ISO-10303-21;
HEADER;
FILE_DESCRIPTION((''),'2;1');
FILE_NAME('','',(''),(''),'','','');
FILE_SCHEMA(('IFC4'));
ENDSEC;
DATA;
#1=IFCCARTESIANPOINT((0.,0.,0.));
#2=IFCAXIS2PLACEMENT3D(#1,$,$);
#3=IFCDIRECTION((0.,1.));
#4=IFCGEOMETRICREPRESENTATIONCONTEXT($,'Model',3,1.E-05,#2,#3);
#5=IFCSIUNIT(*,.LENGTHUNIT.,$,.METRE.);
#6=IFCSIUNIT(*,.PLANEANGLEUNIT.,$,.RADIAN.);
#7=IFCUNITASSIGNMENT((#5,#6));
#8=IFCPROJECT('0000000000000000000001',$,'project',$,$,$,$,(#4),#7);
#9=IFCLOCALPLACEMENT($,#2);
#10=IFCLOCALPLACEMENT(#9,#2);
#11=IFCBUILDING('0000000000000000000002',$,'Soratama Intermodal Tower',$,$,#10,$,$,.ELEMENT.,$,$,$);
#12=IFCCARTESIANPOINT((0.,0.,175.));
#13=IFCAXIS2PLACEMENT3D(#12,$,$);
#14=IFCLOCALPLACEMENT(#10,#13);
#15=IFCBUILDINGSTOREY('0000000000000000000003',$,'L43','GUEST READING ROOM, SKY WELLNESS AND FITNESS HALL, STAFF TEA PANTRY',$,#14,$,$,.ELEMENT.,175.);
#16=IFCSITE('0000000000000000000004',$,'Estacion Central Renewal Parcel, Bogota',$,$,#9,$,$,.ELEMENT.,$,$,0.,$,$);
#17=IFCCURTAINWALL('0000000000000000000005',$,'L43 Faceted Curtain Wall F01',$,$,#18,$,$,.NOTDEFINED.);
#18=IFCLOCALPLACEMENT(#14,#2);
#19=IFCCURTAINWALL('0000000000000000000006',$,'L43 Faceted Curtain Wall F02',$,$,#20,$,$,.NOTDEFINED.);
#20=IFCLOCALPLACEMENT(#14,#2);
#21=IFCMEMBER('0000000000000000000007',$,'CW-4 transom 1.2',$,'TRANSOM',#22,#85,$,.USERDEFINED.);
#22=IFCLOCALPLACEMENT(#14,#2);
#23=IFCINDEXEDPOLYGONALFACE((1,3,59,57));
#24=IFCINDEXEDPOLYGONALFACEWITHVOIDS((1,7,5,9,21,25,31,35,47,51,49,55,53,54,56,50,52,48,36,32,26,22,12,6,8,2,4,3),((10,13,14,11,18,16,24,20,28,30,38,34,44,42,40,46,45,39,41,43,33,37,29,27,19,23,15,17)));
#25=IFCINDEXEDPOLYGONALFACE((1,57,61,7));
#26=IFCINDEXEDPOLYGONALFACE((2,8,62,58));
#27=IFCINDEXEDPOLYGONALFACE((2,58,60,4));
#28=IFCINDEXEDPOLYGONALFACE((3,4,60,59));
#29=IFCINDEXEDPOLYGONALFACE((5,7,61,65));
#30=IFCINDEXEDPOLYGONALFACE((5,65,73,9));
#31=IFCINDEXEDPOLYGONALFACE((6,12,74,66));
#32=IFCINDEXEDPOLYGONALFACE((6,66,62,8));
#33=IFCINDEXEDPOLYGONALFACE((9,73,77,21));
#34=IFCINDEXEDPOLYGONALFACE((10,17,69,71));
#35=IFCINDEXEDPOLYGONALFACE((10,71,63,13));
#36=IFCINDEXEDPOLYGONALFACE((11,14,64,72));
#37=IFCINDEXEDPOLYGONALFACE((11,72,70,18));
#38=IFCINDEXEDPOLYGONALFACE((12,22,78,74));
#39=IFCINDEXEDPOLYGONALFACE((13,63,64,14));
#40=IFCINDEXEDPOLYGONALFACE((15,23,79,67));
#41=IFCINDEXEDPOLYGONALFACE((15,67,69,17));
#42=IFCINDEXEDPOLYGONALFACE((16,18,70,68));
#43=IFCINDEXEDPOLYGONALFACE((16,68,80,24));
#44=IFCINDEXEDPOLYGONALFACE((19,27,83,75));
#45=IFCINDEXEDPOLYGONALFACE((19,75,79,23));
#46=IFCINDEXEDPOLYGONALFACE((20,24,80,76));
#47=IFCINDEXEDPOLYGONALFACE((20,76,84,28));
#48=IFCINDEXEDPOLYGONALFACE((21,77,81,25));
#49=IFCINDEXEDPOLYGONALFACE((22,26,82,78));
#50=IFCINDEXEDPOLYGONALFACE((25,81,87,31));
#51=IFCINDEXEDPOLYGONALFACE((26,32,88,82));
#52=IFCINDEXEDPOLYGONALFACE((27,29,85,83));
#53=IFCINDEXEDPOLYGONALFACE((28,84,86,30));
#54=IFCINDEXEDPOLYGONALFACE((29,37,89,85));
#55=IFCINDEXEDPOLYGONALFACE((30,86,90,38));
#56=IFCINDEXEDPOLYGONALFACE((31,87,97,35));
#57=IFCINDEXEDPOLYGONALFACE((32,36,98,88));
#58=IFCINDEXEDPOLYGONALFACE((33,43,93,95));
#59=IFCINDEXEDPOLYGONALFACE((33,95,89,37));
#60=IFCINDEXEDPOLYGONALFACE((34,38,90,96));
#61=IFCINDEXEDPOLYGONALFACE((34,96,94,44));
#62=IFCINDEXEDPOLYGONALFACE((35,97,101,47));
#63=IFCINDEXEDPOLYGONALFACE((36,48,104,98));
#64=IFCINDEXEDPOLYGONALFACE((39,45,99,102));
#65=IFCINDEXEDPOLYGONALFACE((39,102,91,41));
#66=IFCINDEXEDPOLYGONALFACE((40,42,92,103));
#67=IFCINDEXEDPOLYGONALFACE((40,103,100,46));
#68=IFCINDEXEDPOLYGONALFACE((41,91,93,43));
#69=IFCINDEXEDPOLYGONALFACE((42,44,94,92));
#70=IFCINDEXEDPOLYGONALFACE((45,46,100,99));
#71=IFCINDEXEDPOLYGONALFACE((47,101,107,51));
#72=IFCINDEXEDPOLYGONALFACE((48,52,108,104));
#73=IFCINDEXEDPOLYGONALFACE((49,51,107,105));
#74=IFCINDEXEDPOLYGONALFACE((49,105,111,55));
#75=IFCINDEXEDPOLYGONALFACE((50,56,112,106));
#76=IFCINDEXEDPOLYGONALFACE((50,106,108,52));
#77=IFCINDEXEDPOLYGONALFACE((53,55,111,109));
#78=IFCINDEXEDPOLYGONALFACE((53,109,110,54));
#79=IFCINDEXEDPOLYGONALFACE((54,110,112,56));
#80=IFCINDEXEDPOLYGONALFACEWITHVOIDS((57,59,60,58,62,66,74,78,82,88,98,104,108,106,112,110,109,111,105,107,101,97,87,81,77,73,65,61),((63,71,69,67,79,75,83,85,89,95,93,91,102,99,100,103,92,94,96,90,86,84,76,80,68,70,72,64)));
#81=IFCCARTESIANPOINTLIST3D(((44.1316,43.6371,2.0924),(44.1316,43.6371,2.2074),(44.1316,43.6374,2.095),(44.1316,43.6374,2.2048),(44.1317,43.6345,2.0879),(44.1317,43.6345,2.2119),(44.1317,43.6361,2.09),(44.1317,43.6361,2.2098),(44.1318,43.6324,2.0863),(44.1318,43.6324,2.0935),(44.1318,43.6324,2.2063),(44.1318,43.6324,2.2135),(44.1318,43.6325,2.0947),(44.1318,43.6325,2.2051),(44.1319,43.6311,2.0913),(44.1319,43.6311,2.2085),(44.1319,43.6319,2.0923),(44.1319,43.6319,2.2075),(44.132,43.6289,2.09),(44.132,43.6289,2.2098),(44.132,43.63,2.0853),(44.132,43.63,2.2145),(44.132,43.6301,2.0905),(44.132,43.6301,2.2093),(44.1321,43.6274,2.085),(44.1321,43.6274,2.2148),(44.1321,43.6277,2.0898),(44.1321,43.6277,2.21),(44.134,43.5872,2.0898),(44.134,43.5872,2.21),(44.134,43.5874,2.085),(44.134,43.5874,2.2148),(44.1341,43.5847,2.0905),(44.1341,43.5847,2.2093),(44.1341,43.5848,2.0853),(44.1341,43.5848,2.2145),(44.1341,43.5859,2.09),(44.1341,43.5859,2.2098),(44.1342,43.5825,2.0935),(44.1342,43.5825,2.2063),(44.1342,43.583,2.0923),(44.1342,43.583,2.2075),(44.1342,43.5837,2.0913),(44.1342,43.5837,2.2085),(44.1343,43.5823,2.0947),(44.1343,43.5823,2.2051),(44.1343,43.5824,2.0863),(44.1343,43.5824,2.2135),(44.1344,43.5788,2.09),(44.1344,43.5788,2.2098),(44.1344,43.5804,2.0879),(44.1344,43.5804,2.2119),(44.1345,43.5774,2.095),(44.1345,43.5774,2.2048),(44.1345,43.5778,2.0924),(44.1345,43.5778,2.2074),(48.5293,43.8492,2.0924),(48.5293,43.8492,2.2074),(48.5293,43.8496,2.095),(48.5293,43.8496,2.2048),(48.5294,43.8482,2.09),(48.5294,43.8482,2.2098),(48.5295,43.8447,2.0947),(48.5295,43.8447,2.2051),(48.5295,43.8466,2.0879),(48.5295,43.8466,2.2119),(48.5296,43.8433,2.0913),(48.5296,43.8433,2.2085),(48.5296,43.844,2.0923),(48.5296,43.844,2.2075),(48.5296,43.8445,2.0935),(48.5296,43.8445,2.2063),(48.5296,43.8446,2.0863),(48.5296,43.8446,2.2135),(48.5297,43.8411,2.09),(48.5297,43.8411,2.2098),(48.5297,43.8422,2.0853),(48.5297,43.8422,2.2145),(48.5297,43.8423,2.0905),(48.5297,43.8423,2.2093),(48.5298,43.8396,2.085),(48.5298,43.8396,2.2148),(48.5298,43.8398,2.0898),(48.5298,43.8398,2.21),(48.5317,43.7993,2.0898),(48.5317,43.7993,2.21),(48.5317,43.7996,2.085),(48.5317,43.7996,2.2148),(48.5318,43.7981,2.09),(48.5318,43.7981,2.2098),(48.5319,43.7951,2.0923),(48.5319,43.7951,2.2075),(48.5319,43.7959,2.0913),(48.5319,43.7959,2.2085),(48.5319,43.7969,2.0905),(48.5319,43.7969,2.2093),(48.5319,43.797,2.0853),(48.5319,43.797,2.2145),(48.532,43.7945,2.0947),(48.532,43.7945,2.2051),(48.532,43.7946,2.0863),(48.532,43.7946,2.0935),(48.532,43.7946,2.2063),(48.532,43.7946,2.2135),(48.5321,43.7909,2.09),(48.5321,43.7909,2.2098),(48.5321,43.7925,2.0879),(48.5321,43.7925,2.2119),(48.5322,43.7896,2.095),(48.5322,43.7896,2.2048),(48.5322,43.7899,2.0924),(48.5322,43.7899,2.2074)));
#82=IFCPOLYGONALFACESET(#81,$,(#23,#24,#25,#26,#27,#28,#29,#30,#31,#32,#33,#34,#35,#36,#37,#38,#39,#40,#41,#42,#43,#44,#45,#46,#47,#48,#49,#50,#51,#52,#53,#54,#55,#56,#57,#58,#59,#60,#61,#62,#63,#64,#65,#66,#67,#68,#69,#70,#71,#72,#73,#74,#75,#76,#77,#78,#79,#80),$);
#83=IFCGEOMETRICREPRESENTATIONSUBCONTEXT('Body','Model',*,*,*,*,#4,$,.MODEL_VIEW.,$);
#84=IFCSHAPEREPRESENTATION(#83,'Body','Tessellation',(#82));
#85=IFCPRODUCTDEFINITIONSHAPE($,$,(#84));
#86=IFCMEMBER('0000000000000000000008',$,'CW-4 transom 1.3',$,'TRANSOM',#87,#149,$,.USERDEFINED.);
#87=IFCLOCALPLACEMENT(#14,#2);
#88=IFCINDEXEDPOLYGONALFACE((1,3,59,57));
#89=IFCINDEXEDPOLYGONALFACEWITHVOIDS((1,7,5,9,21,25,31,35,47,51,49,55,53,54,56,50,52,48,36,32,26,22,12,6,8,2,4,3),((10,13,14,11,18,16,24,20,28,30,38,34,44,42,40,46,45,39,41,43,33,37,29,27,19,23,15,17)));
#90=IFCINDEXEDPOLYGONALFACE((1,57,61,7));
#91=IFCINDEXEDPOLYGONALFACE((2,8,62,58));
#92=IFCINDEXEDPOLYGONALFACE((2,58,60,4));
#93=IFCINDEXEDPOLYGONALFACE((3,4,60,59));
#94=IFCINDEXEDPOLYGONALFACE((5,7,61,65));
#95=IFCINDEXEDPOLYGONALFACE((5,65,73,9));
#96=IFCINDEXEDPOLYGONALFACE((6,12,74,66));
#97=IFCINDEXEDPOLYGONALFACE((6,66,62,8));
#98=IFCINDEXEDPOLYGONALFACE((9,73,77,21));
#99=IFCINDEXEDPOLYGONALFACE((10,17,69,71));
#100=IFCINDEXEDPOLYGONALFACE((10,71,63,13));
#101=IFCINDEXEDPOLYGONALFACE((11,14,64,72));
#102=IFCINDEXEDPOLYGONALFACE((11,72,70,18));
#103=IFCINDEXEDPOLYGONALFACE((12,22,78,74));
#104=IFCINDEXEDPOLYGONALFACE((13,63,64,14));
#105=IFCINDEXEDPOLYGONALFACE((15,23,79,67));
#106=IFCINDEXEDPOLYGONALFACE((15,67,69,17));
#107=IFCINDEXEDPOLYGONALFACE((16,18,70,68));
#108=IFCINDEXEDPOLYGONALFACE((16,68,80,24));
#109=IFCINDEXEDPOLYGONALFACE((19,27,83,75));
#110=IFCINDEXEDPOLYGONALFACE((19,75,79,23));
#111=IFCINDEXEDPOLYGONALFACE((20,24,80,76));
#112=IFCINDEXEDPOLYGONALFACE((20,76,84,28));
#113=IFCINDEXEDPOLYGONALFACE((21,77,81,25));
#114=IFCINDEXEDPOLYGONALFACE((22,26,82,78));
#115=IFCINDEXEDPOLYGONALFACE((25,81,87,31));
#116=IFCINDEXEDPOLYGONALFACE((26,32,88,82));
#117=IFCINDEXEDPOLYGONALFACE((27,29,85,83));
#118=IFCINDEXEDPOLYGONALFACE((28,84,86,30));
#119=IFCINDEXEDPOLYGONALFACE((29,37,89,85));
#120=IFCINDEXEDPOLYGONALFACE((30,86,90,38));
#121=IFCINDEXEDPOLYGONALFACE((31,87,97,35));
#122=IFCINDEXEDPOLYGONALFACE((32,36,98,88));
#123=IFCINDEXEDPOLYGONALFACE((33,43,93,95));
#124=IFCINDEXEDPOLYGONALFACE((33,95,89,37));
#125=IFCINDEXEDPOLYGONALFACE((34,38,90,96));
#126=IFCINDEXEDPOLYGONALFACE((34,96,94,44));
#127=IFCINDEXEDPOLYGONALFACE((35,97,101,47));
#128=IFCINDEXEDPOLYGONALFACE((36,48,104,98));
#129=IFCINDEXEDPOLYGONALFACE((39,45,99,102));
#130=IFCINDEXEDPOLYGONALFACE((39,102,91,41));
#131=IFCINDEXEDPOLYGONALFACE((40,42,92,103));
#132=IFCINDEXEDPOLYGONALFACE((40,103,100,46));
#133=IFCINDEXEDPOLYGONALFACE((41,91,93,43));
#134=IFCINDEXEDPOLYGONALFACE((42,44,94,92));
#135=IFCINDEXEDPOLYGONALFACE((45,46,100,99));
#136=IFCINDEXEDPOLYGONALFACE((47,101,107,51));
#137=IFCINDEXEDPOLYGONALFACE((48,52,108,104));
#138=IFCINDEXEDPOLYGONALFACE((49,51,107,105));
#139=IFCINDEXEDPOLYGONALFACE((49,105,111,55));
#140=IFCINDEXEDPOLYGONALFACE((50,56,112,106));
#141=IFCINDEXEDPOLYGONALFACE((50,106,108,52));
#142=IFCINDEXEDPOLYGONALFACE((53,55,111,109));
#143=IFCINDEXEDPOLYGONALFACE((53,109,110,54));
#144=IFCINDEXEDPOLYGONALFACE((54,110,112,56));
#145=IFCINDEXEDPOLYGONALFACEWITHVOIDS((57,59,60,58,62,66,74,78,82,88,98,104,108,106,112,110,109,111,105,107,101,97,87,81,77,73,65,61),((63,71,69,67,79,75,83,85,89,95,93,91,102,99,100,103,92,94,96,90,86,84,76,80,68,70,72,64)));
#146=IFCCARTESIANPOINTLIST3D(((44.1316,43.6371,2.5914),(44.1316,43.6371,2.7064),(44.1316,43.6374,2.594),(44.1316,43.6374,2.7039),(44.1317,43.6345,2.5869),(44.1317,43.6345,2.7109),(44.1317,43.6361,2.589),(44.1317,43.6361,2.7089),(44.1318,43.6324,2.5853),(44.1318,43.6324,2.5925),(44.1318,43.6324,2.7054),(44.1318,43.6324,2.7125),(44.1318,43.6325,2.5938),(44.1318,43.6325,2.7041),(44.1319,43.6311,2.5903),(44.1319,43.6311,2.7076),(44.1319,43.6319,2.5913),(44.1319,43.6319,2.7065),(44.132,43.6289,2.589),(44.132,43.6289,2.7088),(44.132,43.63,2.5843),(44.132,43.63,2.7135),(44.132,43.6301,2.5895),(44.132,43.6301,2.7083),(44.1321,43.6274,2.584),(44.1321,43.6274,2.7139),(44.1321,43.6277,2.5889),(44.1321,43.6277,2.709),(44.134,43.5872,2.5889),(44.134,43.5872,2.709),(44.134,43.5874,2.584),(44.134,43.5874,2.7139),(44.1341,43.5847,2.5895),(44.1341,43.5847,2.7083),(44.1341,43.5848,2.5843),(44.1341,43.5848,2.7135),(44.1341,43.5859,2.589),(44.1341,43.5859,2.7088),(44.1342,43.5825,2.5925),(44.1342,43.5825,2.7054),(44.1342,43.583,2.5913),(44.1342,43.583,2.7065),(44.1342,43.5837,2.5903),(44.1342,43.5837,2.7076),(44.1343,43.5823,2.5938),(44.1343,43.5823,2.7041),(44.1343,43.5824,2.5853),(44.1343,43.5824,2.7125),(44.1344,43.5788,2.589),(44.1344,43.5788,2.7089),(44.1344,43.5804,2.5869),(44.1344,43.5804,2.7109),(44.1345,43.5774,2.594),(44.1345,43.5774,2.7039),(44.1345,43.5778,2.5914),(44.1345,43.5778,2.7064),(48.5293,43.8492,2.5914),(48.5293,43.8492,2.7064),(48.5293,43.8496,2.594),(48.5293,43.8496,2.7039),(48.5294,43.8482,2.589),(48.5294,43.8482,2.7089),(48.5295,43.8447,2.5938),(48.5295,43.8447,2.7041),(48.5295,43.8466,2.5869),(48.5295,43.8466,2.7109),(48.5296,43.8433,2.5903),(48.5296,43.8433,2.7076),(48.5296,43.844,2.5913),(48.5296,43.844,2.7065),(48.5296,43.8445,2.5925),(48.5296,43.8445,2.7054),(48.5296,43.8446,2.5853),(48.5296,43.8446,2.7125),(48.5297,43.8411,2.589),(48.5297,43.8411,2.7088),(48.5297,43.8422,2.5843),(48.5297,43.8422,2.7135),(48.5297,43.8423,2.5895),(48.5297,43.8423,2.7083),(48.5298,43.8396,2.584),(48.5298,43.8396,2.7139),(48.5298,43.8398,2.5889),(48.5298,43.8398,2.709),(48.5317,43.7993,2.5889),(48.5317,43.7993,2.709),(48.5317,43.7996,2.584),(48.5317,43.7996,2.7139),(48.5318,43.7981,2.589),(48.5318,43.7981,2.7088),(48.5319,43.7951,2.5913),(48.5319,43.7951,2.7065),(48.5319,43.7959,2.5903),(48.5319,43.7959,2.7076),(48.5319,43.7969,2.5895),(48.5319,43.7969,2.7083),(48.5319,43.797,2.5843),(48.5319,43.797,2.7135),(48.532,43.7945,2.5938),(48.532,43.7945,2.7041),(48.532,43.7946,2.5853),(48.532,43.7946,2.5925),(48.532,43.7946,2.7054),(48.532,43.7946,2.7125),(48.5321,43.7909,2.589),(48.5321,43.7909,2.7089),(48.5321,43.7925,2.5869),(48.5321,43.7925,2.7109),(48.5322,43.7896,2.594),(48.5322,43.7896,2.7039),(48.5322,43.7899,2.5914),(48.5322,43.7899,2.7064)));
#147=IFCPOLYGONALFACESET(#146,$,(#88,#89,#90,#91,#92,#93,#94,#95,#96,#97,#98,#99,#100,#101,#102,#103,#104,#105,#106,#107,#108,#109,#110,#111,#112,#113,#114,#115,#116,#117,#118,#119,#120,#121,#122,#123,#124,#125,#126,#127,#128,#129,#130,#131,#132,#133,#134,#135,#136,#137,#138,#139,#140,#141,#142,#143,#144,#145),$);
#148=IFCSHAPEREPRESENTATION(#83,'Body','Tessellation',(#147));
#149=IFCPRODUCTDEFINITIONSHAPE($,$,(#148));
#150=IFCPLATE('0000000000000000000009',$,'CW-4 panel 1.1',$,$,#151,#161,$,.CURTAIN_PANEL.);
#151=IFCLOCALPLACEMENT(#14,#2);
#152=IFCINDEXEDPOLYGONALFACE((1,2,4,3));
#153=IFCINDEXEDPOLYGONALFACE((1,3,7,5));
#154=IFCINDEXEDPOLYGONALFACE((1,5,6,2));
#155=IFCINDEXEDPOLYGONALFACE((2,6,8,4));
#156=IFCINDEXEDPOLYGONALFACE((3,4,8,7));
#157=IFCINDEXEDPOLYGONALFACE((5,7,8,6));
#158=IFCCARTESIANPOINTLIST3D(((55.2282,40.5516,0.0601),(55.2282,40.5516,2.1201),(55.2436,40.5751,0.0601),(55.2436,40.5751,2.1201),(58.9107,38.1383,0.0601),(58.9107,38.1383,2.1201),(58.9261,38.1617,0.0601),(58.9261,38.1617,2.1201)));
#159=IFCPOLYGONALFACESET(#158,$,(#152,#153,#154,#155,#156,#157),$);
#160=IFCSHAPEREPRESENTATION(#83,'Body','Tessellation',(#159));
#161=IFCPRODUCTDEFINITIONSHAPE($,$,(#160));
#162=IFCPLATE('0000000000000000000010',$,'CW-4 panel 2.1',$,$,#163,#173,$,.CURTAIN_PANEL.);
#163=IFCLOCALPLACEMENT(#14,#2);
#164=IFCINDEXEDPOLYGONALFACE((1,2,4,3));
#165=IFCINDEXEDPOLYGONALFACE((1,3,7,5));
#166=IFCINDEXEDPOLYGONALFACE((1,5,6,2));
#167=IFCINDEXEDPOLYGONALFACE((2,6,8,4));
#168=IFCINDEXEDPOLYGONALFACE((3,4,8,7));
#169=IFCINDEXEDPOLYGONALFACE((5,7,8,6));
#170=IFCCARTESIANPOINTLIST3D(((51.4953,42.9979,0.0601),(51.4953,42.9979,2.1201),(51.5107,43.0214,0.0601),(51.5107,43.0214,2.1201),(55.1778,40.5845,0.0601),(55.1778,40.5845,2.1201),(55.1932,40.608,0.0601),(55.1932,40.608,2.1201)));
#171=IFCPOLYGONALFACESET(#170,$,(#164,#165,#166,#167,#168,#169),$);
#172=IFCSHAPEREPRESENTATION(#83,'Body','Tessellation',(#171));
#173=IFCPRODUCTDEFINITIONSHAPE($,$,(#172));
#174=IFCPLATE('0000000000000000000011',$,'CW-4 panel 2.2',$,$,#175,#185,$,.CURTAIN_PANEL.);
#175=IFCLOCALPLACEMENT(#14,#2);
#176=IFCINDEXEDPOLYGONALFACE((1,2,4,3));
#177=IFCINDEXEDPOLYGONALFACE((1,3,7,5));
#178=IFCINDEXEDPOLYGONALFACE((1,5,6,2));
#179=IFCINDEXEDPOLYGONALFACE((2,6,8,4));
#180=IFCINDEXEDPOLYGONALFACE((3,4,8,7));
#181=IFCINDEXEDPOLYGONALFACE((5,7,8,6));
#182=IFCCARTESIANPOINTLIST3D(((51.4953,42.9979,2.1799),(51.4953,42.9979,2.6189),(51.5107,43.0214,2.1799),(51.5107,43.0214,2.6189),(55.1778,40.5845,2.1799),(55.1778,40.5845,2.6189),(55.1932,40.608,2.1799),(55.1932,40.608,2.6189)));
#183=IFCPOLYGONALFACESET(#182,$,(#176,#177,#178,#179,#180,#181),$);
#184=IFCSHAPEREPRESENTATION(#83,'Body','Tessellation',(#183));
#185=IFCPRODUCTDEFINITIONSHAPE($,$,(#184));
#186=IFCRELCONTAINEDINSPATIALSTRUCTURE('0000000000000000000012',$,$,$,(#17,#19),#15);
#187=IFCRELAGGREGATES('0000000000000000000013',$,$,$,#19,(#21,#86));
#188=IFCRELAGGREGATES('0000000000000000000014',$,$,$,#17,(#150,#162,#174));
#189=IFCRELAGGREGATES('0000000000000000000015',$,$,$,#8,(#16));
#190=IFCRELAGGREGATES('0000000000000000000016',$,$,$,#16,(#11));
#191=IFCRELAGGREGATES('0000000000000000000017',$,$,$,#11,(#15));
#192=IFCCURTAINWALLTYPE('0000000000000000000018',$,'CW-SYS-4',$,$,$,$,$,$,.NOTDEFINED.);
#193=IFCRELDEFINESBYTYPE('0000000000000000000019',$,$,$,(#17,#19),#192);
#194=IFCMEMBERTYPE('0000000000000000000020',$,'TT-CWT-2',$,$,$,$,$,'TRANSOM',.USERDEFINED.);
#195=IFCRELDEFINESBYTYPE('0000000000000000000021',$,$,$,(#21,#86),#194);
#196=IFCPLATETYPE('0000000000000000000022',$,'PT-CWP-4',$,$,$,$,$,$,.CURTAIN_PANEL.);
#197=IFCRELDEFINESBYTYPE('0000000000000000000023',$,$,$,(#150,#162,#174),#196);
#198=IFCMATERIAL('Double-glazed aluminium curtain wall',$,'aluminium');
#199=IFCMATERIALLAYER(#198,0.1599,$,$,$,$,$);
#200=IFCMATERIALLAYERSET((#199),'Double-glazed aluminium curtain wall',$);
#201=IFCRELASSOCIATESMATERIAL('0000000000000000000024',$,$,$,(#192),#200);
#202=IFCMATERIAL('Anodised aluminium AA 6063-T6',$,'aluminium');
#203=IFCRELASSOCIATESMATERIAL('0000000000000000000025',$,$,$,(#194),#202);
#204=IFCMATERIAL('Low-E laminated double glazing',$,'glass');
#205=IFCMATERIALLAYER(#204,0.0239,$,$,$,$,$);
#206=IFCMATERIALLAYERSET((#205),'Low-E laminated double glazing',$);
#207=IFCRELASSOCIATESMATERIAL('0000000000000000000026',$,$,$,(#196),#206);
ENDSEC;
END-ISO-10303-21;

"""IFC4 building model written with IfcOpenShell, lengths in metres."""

from ifc_helpers import new_model, si_unit, direction, frame, origin, origin_2d, place, context, subcontext, project, spatial, rectangle, hollow_rectangle, extrude, material, layer, layer_set, material_profile, profile_set, type_object, element, aggregate, save


model = new_model("IFC4")

# Units and contexts
model_context = context("Model", 3, precision=1e-05, world=origin(), true_north=direction((0.0, 1.0)))
body_context = subcontext(model_context, "Body", "Model", "MODEL_VIEW")
ifc_project = project(units=[si_unit("LENGTHUNIT", "METRE"), si_unit("PLANEANGLEUNIT", "RADIAN")], contexts=[model_context])

# Site, building, storey
site_placement = place(None, origin())
site = spatial("IfcSite", under=ifc_project, at=site_placement, Name="Estacion Central Renewal Parcel, Bogota", CompositionType="ELEMENT", RefElevation=0.0)
building_placement = place(site_placement, origin())
building = spatial("IfcBuilding", under=site, at=building_placement, Name="Soratama Intermodal Tower", CompositionType="ELEMENT")
storey_placement = place(building_placement, frame((0.0, 0.0, 175.0)))
storey = spatial("IfcBuildingStorey", under=building, at=storey_placement, Name="L43", Description="GUEST READING ROOM, SKY WELLNESS AND FITNESS HALL, STAFF TEA PANTRY", CompositionType="ELEMENT", Elevation=175.0)

# Curtain wall
ifc_material_1 = material(Name="Double-glazed aluminium curtain wall", Category="aluminium")
ifc_layer_1 = layer(ifc_material_1, 0.1599)
ifc_layer_set_1 = layer_set([ifc_layer_1], Name="Double-glazed aluminium curtain wall")
curtain_wall_type = type_object("IfcCurtainWallType", Name="CW-SYS-4", PredefinedType="NOTDEFINED", material=ifc_layer_set_1)
curtain_wall_1_placement = place(storey_placement, origin())
curtain_wall_1 = element("IfcCurtainWall", 1, at=curtain_wall_1_placement, inside=storey, type_object=curtain_wall_type, Name="L43 Faceted Curtain Wall F01", PredefinedType="NOTDEFINED")

# Curtain wall
curtain_wall_2_placement = place(storey_placement, origin())
curtain_wall_2 = element("IfcCurtainWall", 2, at=curtain_wall_2_placement, inside=storey, type_object=curtain_wall_type, Name="L43 Faceted Curtain Wall F02", PredefinedType="NOTDEFINED")

# Members
ifc_material_2 = material(Name="Anodised aluminium AA 6063-T6", Category="aluminium")
ifc_material_profile_1 = material_profile(ifc_material_2, hollow_rectangle(XDim=0.0601, YDim=0.1299, WallThickness=0.0049, InnerFilletRadius=0.0049, OuterFilletRadius=0.01, at=origin_2d()), Name="CWT130X60X5")
ifc_profile_set_1 = profile_set([ifc_material_profile_1], Name="Anodised aluminium AA 6063-T6")
member_type_1 = type_object("IfcMemberType", Name="TT-CWT-2", ElementType="TRANSOM", PredefinedType="USERDEFINED", material=ifc_profile_set_1)
member_1_placement = place(storey_placement, frame((48.5308, 43.8196, 2.1499), z_axis=(-0.998838, -0.048187, 0.0), x_axis=(0.048187, -0.998838, 0.0)))
member_1 = element("IfcMember", 3, at=member_1_placement, type_object=member_type_1, Name="CW-4 transom 1.2", ObjectType="TRANSOM", PredefinedType="USERDEFINED", context=body_context, shape_type="SweptSolid", body=[
    extrude(hollow_rectangle(XDim=0.0601, YDim=0.1299, WallThickness=0.0049, InnerFilletRadius=0.0049, OuterFilletRadius=0.01, at=origin_2d()), origin(), (0.0, 0.0, 1.0), 4.4028),
])
member_2_placement = place(storey_placement, frame((48.5308, 43.8196, 2.6489), z_axis=(-0.998838, -0.048187, 0.0), x_axis=(0.048187, -0.998838, 0.0)))
member_2 = element("IfcMember", 4, at=member_2_placement, type_object=member_type_1, Name="CW-4 transom 1.3", ObjectType="TRANSOM", PredefinedType="USERDEFINED", context=body_context, shape_type="SweptSolid", body=[
    extrude(hollow_rectangle(XDim=0.0601, YDim=0.1299, WallThickness=0.0049, InnerFilletRadius=0.0049, OuterFilletRadius=0.01, at=origin_2d()), origin(), (0.0, 0.0, 1.0), 4.4028),
])
aggregate(curtain_wall_2, [member_1, member_2])

# Plates
ifc_material_3 = material(Name="Low-E laminated double glazing", Category="glass")
ifc_layer_2 = layer(ifc_material_3, 0.0239)
ifc_layer_set_2 = layer_set([ifc_layer_2], Name="Low-E laminated double glazing")
plate_type = type_object("IfcPlateType", Name="PT-CWP-4", PredefinedType="CURTAIN_PANEL", material=ifc_layer_set_2)
plate_1_placement = place(storey_placement, frame((57.0771, 39.3567, 0.0601), z_axis=(0.0, 0.0, 1.0), x_axis=(-0.836385, 0.548142, 0.0)))
plate_1 = element("IfcPlate", 5, at=plate_1_placement, type_object=plate_type, Name="CW-4 panel 1.1", PredefinedType="CURTAIN_PANEL", context=body_context, shape_type="SweptSolid", body=[
    extrude(rectangle(XDim=4.4028, YDim=0.0281, at=origin_2d()), origin(), (0.0, 0.0, 1.0), 2.0601),
])
plate_2_placement = place(storey_placement, frame((53.3442, 41.803, 0.0601), z_axis=(0.0, 0.0, 1.0), x_axis=(-0.836385, 0.548142, 0.0)))
plate_2 = element("IfcPlate", 6, at=plate_2_placement, type_object=plate_type, Name="CW-4 panel 2.1", PredefinedType="CURTAIN_PANEL", context=body_context, shape_type="SweptSolid", body=[
    extrude(rectangle(XDim=4.4028, YDim=0.0281, at=origin_2d()), origin(), (0.0, 0.0, 1.0), 2.0601),
])
plate_3_placement = place(storey_placement, frame((53.3442, 41.803, 2.1799), z_axis=(0.0, 0.0, 1.0), x_axis=(-0.836385, 0.548142, 0.0)))
plate_3 = element("IfcPlate", 7, at=plate_3_placement, type_object=plate_type, Name="CW-4 panel 2.2", PredefinedType="CURTAIN_PANEL", context=body_context, shape_type="SweptSolid", body=[
    extrude(rectangle(XDim=4.4028, YDim=0.0281, at=origin_2d()), origin(), (0.0, 0.0, 1.0), 0.439),
])
aggregate(curtain_wall_1, [plate_1, plate_2, plate_3])

save(model, "model.ifc")
